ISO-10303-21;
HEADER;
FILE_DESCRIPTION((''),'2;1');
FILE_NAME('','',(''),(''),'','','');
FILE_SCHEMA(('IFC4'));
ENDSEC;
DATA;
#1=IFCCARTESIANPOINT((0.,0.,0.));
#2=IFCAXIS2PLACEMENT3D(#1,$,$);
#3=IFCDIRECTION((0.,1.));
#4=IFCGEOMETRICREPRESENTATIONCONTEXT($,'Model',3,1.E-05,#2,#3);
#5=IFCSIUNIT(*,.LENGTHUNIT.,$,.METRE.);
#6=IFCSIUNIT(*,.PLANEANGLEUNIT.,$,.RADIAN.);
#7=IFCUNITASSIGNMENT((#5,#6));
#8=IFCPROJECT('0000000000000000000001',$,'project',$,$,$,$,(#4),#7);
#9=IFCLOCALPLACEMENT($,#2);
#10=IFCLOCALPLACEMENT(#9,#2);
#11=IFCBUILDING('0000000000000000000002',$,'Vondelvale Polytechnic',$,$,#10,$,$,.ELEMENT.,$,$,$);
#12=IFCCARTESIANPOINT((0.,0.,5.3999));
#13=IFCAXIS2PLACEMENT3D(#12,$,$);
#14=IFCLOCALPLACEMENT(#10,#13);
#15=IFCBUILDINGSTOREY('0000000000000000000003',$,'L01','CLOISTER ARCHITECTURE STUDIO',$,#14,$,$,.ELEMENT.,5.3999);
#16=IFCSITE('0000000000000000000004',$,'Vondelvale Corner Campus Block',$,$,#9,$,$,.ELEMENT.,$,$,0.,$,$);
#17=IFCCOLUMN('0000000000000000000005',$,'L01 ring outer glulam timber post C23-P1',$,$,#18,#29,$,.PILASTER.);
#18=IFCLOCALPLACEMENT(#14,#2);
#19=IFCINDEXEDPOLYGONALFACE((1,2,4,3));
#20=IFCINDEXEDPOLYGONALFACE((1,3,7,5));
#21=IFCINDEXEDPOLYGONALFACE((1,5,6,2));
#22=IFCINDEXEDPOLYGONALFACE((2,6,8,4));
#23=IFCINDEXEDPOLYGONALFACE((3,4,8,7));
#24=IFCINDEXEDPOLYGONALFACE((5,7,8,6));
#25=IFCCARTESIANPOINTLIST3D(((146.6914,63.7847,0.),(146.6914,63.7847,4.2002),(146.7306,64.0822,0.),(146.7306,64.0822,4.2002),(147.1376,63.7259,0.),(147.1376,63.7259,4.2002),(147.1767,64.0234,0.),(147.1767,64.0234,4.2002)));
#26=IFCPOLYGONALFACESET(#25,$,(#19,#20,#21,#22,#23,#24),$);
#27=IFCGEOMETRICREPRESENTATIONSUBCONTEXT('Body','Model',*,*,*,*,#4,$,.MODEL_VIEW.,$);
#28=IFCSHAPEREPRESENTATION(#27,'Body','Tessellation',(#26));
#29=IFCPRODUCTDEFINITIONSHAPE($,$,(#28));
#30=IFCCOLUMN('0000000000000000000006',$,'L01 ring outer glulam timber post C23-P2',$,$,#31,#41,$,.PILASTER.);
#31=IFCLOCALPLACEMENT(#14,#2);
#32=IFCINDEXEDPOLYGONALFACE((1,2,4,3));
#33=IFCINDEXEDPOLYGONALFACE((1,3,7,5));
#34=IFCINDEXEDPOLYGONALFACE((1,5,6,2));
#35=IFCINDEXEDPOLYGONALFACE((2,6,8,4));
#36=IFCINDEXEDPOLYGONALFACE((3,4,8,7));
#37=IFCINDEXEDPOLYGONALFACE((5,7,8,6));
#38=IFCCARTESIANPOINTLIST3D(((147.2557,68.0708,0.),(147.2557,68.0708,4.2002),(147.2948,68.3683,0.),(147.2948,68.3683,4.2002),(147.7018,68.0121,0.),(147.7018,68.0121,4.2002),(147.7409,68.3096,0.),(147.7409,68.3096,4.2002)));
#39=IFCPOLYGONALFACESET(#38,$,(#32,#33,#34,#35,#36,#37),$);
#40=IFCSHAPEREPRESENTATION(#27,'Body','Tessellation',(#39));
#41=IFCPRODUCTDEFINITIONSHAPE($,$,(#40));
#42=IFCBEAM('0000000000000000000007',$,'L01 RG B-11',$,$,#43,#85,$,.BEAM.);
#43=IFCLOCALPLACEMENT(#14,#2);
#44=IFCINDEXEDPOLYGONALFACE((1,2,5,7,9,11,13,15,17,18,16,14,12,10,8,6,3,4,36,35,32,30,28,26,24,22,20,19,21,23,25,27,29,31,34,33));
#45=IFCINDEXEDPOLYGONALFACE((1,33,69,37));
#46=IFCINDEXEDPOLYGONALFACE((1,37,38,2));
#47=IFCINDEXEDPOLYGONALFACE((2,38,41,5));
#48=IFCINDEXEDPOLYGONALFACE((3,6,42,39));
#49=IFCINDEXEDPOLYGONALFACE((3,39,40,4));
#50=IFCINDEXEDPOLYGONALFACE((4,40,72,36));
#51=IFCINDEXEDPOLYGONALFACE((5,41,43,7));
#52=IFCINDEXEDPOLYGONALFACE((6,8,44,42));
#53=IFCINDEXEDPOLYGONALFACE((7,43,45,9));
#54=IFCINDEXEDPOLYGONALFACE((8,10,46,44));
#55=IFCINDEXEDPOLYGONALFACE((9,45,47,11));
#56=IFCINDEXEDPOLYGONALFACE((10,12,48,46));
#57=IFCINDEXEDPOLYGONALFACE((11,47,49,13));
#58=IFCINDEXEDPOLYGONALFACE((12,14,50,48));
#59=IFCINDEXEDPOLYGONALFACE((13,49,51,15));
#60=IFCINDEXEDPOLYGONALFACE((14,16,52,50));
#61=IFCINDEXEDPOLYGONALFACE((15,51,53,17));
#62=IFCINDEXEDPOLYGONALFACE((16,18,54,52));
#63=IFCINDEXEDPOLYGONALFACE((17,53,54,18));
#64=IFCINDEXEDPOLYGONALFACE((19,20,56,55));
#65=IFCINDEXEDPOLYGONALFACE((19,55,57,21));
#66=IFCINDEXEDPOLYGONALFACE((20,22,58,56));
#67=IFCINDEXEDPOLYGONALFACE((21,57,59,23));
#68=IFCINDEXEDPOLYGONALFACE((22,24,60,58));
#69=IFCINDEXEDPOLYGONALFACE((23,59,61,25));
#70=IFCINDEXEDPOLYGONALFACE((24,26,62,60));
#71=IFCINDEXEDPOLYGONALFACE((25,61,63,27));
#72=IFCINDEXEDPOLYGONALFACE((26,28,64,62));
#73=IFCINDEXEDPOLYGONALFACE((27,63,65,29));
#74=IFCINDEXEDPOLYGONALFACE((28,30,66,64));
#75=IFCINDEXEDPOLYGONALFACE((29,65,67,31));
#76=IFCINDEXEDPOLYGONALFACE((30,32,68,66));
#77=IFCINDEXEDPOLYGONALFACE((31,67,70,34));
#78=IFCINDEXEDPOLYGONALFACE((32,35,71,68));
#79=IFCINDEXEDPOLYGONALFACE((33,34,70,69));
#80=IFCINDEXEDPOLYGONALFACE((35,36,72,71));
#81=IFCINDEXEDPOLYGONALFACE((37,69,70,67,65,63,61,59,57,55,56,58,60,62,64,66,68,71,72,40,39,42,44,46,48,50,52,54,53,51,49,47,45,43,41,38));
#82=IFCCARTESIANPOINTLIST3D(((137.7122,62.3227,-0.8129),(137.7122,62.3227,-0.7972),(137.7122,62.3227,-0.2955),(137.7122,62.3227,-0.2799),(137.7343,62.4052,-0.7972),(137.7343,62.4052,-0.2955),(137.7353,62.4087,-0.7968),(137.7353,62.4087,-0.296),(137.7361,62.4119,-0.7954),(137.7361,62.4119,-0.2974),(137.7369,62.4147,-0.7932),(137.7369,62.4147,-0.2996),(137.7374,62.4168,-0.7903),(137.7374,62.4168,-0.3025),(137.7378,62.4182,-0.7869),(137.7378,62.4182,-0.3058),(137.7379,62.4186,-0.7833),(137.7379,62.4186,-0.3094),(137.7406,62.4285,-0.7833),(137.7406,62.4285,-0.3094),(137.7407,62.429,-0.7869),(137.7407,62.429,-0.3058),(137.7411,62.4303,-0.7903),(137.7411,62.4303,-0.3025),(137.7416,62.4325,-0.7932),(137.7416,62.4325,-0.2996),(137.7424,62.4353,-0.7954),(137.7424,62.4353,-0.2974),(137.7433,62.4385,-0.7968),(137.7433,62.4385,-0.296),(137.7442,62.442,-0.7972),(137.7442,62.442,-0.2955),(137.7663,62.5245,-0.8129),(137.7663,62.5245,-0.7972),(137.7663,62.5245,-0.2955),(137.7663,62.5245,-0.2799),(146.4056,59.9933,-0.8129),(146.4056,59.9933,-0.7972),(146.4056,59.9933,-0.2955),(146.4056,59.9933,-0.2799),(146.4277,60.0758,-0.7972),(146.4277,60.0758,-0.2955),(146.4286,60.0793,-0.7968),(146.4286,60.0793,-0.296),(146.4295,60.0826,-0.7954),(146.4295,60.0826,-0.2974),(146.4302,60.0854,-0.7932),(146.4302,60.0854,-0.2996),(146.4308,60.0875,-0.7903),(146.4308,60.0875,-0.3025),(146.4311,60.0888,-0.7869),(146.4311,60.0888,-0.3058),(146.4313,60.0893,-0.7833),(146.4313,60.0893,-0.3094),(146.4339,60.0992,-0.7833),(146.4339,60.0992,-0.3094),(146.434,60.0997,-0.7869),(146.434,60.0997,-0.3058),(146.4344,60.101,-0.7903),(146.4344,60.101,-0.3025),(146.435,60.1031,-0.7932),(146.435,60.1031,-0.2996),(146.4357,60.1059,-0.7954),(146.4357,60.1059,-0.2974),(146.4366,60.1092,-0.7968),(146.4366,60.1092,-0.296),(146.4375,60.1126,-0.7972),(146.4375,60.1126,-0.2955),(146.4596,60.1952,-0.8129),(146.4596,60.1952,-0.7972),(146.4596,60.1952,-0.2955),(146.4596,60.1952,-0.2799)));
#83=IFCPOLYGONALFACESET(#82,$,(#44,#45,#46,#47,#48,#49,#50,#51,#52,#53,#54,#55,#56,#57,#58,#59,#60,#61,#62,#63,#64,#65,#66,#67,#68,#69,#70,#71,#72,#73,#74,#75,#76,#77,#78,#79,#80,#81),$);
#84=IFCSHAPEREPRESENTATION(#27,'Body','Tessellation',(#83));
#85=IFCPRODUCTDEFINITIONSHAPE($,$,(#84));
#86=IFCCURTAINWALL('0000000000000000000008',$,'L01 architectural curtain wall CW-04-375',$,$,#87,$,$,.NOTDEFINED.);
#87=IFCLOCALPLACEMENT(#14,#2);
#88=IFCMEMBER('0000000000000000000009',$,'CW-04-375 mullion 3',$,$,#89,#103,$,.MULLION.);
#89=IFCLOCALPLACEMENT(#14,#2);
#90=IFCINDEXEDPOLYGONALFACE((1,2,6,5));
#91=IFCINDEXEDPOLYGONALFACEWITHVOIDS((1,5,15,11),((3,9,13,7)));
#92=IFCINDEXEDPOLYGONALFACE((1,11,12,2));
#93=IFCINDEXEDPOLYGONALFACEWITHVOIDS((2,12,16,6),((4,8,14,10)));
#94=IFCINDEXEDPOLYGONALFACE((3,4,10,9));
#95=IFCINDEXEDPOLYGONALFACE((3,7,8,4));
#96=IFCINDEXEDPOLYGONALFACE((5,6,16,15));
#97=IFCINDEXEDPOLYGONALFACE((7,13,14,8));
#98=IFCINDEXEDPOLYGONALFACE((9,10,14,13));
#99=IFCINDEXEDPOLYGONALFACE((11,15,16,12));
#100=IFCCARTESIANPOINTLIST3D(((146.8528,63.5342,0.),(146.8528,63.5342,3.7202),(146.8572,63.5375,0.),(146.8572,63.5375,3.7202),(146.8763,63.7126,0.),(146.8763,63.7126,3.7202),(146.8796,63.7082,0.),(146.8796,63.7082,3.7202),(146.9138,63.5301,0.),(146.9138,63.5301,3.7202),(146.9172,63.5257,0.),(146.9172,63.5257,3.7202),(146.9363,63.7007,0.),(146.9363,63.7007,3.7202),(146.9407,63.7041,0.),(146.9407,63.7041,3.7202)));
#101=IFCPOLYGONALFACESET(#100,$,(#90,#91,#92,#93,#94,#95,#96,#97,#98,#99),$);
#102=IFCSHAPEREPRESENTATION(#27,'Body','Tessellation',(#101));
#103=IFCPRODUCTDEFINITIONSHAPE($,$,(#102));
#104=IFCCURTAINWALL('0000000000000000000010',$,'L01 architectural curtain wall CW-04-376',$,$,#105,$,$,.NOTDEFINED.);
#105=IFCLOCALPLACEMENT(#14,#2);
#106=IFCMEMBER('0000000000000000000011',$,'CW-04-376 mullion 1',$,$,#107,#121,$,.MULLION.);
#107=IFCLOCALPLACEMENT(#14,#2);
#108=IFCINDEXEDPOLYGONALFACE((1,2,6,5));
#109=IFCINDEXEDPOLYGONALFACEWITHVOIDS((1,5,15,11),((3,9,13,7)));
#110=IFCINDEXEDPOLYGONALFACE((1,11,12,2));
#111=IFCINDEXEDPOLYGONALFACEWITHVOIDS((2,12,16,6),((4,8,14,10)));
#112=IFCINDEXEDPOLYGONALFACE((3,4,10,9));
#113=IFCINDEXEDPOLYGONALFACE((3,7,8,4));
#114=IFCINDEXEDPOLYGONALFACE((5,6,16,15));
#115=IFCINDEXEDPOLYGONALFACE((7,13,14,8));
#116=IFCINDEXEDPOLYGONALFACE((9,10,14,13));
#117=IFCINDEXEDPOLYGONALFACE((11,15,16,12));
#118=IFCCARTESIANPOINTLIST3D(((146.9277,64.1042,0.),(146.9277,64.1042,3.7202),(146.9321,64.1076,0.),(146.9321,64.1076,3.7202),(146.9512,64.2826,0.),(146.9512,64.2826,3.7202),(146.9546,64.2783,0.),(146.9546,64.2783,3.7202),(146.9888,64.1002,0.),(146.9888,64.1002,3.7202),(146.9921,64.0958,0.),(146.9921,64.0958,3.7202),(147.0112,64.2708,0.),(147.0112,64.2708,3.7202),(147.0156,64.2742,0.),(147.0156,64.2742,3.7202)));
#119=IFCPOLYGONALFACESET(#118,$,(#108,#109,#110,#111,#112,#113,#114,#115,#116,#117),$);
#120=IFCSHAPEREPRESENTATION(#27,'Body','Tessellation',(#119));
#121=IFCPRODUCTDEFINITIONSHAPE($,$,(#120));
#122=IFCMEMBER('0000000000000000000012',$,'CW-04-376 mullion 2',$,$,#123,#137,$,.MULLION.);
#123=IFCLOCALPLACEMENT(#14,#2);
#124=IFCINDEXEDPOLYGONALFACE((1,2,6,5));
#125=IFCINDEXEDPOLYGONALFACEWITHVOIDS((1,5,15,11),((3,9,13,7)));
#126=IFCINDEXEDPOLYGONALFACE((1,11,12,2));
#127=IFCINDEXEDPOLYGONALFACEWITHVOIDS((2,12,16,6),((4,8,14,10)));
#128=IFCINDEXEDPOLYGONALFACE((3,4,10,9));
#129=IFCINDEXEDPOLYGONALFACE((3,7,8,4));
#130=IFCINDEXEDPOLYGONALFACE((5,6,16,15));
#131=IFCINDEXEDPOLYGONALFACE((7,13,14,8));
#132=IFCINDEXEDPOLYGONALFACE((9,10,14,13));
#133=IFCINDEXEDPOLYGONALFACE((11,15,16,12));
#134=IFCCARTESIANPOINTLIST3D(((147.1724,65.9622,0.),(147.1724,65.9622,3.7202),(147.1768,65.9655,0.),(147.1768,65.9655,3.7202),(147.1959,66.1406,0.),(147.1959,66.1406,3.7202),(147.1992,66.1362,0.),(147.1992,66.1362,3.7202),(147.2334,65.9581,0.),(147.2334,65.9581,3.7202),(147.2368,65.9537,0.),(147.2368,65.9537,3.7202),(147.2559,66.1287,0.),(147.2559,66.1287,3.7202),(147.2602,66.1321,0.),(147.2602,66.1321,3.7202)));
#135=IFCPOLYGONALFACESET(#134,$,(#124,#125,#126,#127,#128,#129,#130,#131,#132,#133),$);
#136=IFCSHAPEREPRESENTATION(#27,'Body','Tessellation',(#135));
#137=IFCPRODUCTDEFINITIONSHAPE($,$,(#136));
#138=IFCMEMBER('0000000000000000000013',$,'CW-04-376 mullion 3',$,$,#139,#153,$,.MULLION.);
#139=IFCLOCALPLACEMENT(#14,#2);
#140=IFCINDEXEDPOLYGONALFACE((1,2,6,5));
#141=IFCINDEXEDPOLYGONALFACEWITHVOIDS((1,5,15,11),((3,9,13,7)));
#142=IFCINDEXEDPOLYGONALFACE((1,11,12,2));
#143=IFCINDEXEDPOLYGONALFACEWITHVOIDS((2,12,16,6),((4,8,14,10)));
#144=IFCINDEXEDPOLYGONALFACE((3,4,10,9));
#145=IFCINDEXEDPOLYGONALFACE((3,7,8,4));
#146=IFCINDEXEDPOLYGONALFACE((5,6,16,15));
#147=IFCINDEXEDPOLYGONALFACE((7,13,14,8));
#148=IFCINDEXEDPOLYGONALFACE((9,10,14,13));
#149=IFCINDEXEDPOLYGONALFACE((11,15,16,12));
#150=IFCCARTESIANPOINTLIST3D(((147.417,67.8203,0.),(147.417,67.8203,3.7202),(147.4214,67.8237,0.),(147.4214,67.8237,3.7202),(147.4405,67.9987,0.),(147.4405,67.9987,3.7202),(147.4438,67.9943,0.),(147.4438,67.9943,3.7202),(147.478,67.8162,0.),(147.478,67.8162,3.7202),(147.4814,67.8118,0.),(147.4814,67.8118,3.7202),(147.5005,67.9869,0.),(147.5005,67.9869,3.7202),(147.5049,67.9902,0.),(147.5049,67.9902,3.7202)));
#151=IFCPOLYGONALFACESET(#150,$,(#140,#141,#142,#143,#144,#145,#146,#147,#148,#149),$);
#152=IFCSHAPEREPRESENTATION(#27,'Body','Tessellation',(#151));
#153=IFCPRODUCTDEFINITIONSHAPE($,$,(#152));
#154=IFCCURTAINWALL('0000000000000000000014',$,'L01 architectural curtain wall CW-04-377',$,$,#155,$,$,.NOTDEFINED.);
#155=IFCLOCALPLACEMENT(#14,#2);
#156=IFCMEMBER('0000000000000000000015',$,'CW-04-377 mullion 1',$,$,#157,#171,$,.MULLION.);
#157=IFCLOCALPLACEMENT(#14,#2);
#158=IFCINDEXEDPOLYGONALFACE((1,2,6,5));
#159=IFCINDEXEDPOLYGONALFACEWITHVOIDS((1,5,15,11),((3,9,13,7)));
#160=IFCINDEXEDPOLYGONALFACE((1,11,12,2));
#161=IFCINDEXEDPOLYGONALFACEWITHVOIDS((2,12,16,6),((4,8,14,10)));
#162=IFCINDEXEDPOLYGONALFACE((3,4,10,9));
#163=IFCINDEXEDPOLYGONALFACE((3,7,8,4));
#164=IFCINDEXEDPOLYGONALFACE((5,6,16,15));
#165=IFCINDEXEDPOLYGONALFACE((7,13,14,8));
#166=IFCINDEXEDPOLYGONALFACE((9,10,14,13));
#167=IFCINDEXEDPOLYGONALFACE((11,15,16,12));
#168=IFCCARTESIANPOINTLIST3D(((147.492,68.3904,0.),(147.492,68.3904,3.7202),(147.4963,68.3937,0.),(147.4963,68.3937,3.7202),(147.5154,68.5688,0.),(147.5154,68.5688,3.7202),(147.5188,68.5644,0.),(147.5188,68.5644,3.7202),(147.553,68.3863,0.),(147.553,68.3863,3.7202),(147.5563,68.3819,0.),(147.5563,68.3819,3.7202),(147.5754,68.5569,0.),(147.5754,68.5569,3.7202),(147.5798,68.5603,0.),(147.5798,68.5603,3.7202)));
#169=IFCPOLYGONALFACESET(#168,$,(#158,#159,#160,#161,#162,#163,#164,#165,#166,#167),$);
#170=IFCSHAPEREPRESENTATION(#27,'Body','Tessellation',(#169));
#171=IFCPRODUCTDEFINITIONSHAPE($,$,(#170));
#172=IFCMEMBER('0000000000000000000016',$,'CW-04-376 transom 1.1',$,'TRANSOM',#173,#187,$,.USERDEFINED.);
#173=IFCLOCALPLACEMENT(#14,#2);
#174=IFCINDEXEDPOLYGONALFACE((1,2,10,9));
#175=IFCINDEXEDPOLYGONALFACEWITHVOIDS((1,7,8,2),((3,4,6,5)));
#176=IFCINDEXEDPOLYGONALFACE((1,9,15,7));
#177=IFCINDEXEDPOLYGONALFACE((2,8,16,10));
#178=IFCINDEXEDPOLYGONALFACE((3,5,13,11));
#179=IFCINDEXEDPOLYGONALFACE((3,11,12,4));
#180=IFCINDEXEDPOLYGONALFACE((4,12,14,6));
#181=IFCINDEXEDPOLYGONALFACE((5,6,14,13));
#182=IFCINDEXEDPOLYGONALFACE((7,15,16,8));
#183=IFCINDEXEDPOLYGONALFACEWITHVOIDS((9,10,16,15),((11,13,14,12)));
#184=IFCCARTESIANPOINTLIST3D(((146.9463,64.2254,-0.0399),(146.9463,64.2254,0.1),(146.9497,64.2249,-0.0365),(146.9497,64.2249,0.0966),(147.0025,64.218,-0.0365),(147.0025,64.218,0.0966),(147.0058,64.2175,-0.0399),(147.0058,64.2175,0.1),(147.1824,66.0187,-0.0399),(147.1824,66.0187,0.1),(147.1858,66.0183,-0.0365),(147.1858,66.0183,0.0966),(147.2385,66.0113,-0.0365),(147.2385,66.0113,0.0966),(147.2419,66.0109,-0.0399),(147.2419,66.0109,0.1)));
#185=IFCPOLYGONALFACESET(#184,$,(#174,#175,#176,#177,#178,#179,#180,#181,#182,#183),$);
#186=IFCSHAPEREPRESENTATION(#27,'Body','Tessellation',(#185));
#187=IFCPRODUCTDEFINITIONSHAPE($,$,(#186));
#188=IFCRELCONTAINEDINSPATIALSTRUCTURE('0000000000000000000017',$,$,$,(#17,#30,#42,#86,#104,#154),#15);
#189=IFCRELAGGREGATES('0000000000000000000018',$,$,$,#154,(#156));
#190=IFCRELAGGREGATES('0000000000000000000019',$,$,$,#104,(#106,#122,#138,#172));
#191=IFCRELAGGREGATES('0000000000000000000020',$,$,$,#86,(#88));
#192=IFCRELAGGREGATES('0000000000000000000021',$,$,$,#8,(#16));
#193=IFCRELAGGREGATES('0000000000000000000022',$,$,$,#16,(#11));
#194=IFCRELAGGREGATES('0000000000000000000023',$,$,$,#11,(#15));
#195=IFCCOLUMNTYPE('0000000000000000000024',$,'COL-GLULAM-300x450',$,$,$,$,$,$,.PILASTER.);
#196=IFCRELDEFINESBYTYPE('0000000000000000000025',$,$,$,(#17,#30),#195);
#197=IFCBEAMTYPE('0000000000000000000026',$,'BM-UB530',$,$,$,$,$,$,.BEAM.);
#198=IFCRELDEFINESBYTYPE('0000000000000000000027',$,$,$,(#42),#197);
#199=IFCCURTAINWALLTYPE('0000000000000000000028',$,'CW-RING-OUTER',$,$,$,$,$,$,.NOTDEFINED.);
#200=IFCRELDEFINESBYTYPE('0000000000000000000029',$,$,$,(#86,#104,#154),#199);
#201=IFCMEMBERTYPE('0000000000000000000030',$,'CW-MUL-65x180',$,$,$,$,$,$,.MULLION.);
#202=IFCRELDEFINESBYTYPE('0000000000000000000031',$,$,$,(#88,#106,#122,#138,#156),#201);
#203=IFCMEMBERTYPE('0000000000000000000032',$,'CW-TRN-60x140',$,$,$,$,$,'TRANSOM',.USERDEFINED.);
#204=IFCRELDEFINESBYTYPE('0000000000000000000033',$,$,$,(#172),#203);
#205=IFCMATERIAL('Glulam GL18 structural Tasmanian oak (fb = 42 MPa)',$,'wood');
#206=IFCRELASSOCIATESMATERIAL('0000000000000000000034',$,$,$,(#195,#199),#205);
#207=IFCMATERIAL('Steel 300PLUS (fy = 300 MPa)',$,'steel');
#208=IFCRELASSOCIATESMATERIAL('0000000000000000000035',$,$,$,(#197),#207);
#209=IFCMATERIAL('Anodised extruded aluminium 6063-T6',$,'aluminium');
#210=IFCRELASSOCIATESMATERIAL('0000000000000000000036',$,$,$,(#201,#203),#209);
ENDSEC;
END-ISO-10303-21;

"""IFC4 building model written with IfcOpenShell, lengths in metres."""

from ifc_helpers import new_model, si_unit, direction, frame, origin, origin_2d, place, context, subcontext, project, spatial, rectangle, hollow_rectangle, i_section, extrude, material, material_profile, profile_set, type_object, element, aggregate, save


model = new_model("IFC4")

# Units and contexts
model_context = context("Model", 3, precision=1e-05, world=origin(), true_north=direction((0.0, 1.0)))
body_context = subcontext(model_context, "Body", "Model", "MODEL_VIEW")
ifc_project = project(units=[si_unit("LENGTHUNIT", "METRE"), si_unit("PLANEANGLEUNIT", "RADIAN")], contexts=[model_context])

# Site, building, storey
site_placement = place(None, origin())
site = spatial("IfcSite", under=ifc_project, at=site_placement, Name="Vondelvale Corner Campus Block", CompositionType="ELEMENT", RefElevation=0.0)
building_placement = place(site_placement, origin())
building = spatial("IfcBuilding", under=site, at=building_placement, Name="Vondelvale Polytechnic", CompositionType="ELEMENT")
storey_placement = place(building_placement, frame((0.0, 0.0, 5.3999)))
storey = spatial("IfcBuildingStorey", under=building, at=storey_placement, Name="L01", Description="CLOISTER ARCHITECTURE STUDIO", CompositionType="ELEMENT", Elevation=5.3999)

# Columns
ifc_material_1 = material(Name="Glulam GL18 structural Tasmanian oak (fb = 42 MPa)", Category="wood")
ifc_material_profile_1 = material_profile(ifc_material_1, rectangle(XDim=0.3, YDim=0.45, at=origin_2d()), Name="GL-POST-300x450")
ifc_profile_set_1 = profile_set([ifc_material_profile_1], Name="Glulam GL18 structural Tasmanian oak (fb = 42 MPa)")
column_type = type_object("IfcColumnType", Name="COL-GLULAM-300x450", PredefinedType="PILASTER", material=ifc_profile_set_1)
for number, where, z_axis, x_axis, name in (
    (1, (146.9341, 63.9041, 0.0), (0.0, 0.0, 1.0), (0.130526, 0.991445, 0.0), "L01 ring outer glulam timber post C23-P1"),
    (2, (147.4983, 68.1902, 0.0), (0.0, 0.0, 1.0), (0.130526, 0.991445, 0.0), "L01 ring outer glulam timber post C23-P2"),
):
    element("IfcColumn", number, at=place(storey_placement, frame(where, z_axis=z_axis, x_axis=x_axis)), inside=storey, type_object=column_type, Name=name, PredefinedType="PILASTER", context=body_context, shape_type="SweptSolid", body=[
        extrude(rectangle(XDim=0.3, YDim=0.45, at=origin_2d()), origin(), (0.0, 0.0, 1.0), 4.2002),
    ])

# Beam
ifc_material_2 = material(Name="Steel 300PLUS (fy = 300 MPa)", Category="steel")
ifc_material_profile_2 = material_profile(ifc_material_2, i_section(OverallWidth=0.209, OverallDepth=0.533, WebThickness=0.0103, FlangeThickness=0.0156, FilletRadius=0.0139, at=origin_2d()), Name="530UB92.4")
ifc_profile_set_2 = profile_set([ifc_material_profile_2], Name="Steel 300PLUS (fy = 300 MPa)")
beam_type_1 = type_object("IfcBeamType", Name="BM-UB530", PredefinedType="BEAM", material=ifc_profile_set_2)
beam_1_placement = place(storey_placement, frame((137.7393, 62.4236, -0.5464), z_axis=(0.965927, -0.258816, 0.0), x_axis=(0.258816, 0.965927, 0.0)))
element("IfcBeam", 3, at=beam_1_placement, inside=storey, type_object=beam_type_1, Name="L01 RG B-11", PredefinedType="BEAM", context=body_context, shape_type="SweptSolid", body=[
    extrude(i_section(OverallWidth=0.209, OverallDepth=0.533, WebThickness=0.0103, FlangeThickness=0.0156, FilletRadius=0.0139, at=origin_2d()), origin(), (0.0, 0.0, 1.0), 9.0),
])

# Curtain wall, member
curtain_wall_type = type_object("IfcCurtainWallType", Name="CW-RING-OUTER", PredefinedType="NOTDEFINED", material=ifc_material_1)
curtain_wall_1_placement = place(storey_placement, origin())
curtain_wall_1 = element("IfcCurtainWall", 4, at=curtain_wall_1_placement, inside=storey, type_object=curtain_wall_type, Name="L01 architectural curtain wall CW-04-375", PredefinedType="NOTDEFINED")
ifc_material_3 = material(Name="Anodised extruded aluminium 6063-T6", Category="aluminium")
ifc_material_profile_3 = material_profile(ifc_material_3, hollow_rectangle(XDim=0.0649, YDim=0.1799, WallThickness=0.0039, at=origin_2d()), Name="CW-MUL-180x65")
ifc_profile_set_3 = profile_set([ifc_material_profile_3], Name="Anodised extruded aluminium 6063-T6")
member_type_1 = type_object("IfcMemberType", Name="CW-MUL-65x180", PredefinedType="MULLION", material=ifc_profile_set_3)
member_1_placement = place(storey_placement, frame((146.8967, 63.6191, 0.0), z_axis=(0.0, 0.0, 1.0), x_axis=(-0.991443, 0.13054, 0.0)))
member_1 = element("IfcMember", 5, at=member_1_placement, type_object=member_type_1, Name="CW-04-375 mullion 3", PredefinedType="MULLION", context=body_context, shape_type="SweptSolid", body=[
    extrude(hollow_rectangle(XDim=0.0649, YDim=0.1799, WallThickness=0.0039, at=origin_2d()), origin(), (0.0, 0.0, 1.0), 3.7202),
])

# Curtain wall, members
curtain_wall_2_placement = place(storey_placement, origin())
curtain_wall_2 = element("IfcCurtainWall", 6, at=curtain_wall_2_placement, inside=storey, type_object=curtain_wall_type, Name="L01 architectural curtain wall CW-04-376", PredefinedType="NOTDEFINED")
member_2_placement = place(storey_placement, frame((146.9717, 64.1892, 0.0), z_axis=(0.0, 0.0, 1.0), x_axis=(-0.991449, 0.130497, 0.0)))
member_2 = element("IfcMember", 7, at=member_2_placement, type_object=member_type_1, Name="CW-04-376 mullion 1", PredefinedType="MULLION", context=body_context, shape_type="SweptSolid", body=[
    extrude(hollow_rectangle(XDim=0.0649, YDim=0.1799, WallThickness=0.0039, at=origin_2d()), origin(), (0.0, 0.0, 1.0), 3.7202),
])
member_3_placement = place(storey_placement, frame((147.2163, 66.0471, 0.0), z_axis=(0.0, 0.0, 1.0), x_axis=(-0.991449, 0.130497, 0.0)))
member_3 = element("IfcMember", 8, at=member_3_placement, type_object=member_type_1, Name="CW-04-376 mullion 2", PredefinedType="MULLION", context=body_context, shape_type="SweptSolid", body=[
    extrude(hollow_rectangle(XDim=0.0649, YDim=0.1799, WallThickness=0.0039, at=origin_2d()), origin(), (0.0, 0.0, 1.0), 3.7202),
])
member_4_placement = place(storey_placement, frame((147.4609, 67.9053, 0.0), z_axis=(0.0, 0.0, 1.0), x_axis=(-0.991449, 0.130497, 0.0)))
member_4 = element("IfcMember", 9, at=member_4_placement, type_object=member_type_1, Name="CW-04-376 mullion 3", PredefinedType="MULLION", context=body_context, shape_type="SweptSolid", body=[
    extrude(hollow_rectangle(XDim=0.0649, YDim=0.1799, WallThickness=0.0039, at=origin_2d()), origin(), (0.0, 0.0, 1.0), 3.7202),
])

# Curtain wall, member
curtain_wall_3_placement = place(storey_placement, origin())
curtain_wall_3 = element("IfcCurtainWall", 10, at=curtain_wall_3_placement, inside=storey, type_object=curtain_wall_type, Name="L01 architectural curtain wall CW-04-377", PredefinedType="NOTDEFINED")
member_5_placement = place(storey_placement, frame((147.5359, 68.4753, 0.0), z_axis=(0.0, 0.0, 1.0), x_axis=(-0.991443, 0.13054, 0.0)))
member_5 = element("IfcMember", 11, at=member_5_placement, type_object=member_type_1, Name="CW-04-377 mullion 1", PredefinedType="MULLION", context=body_context, shape_type="SweptSolid", body=[
    extrude(hollow_rectangle(XDim=0.0649, YDim=0.1799, WallThickness=0.0039, at=origin_2d()), origin(), (0.0, 0.0, 1.0), 3.7202),
])
aggregate(curtain_wall_3, [member_5])

# Member
ifc_material_profile_4 = material_profile(ifc_material_3, hollow_rectangle(XDim=0.0601, YDim=0.1399, WallThickness=0.0034, at=origin_2d()), Name="CW-TRN-140x60")
ifc_profile_set_4 = profile_set([ifc_material_profile_4], Name="Anodised extruded aluminium 6063-T6")
member_type_2 = type_object("IfcMemberType", Name="CW-TRN-60x140", ElementType="TRANSOM", PredefinedType="USERDEFINED", material=ifc_profile_set_4)
member_6_placement = place(storey_placement, frame((146.9761, 64.2214, 0.03), z_axis=(0.13051, 0.991447, 0.0), x_axis=(-0.991447, 0.13051, 0.0)))
member_6 = element("IfcMember", 12, at=member_6_placement, type_object=member_type_2, Name="CW-04-376 transom 1.1", ObjectType="TRANSOM", PredefinedType="USERDEFINED", context=body_context, shape_type="SweptSolid", body=[
    extrude(hollow_rectangle(XDim=0.0601, YDim=0.1399, WallThickness=0.0034, at=origin_2d()), origin(), (0.0, 0.0, 1.0), 1.8088),
])

aggregate(curtain_wall_2, [member_2, member_3, member_4, member_6])
aggregate(curtain_wall_1, [member_1])

save(model, "model.ifc")
